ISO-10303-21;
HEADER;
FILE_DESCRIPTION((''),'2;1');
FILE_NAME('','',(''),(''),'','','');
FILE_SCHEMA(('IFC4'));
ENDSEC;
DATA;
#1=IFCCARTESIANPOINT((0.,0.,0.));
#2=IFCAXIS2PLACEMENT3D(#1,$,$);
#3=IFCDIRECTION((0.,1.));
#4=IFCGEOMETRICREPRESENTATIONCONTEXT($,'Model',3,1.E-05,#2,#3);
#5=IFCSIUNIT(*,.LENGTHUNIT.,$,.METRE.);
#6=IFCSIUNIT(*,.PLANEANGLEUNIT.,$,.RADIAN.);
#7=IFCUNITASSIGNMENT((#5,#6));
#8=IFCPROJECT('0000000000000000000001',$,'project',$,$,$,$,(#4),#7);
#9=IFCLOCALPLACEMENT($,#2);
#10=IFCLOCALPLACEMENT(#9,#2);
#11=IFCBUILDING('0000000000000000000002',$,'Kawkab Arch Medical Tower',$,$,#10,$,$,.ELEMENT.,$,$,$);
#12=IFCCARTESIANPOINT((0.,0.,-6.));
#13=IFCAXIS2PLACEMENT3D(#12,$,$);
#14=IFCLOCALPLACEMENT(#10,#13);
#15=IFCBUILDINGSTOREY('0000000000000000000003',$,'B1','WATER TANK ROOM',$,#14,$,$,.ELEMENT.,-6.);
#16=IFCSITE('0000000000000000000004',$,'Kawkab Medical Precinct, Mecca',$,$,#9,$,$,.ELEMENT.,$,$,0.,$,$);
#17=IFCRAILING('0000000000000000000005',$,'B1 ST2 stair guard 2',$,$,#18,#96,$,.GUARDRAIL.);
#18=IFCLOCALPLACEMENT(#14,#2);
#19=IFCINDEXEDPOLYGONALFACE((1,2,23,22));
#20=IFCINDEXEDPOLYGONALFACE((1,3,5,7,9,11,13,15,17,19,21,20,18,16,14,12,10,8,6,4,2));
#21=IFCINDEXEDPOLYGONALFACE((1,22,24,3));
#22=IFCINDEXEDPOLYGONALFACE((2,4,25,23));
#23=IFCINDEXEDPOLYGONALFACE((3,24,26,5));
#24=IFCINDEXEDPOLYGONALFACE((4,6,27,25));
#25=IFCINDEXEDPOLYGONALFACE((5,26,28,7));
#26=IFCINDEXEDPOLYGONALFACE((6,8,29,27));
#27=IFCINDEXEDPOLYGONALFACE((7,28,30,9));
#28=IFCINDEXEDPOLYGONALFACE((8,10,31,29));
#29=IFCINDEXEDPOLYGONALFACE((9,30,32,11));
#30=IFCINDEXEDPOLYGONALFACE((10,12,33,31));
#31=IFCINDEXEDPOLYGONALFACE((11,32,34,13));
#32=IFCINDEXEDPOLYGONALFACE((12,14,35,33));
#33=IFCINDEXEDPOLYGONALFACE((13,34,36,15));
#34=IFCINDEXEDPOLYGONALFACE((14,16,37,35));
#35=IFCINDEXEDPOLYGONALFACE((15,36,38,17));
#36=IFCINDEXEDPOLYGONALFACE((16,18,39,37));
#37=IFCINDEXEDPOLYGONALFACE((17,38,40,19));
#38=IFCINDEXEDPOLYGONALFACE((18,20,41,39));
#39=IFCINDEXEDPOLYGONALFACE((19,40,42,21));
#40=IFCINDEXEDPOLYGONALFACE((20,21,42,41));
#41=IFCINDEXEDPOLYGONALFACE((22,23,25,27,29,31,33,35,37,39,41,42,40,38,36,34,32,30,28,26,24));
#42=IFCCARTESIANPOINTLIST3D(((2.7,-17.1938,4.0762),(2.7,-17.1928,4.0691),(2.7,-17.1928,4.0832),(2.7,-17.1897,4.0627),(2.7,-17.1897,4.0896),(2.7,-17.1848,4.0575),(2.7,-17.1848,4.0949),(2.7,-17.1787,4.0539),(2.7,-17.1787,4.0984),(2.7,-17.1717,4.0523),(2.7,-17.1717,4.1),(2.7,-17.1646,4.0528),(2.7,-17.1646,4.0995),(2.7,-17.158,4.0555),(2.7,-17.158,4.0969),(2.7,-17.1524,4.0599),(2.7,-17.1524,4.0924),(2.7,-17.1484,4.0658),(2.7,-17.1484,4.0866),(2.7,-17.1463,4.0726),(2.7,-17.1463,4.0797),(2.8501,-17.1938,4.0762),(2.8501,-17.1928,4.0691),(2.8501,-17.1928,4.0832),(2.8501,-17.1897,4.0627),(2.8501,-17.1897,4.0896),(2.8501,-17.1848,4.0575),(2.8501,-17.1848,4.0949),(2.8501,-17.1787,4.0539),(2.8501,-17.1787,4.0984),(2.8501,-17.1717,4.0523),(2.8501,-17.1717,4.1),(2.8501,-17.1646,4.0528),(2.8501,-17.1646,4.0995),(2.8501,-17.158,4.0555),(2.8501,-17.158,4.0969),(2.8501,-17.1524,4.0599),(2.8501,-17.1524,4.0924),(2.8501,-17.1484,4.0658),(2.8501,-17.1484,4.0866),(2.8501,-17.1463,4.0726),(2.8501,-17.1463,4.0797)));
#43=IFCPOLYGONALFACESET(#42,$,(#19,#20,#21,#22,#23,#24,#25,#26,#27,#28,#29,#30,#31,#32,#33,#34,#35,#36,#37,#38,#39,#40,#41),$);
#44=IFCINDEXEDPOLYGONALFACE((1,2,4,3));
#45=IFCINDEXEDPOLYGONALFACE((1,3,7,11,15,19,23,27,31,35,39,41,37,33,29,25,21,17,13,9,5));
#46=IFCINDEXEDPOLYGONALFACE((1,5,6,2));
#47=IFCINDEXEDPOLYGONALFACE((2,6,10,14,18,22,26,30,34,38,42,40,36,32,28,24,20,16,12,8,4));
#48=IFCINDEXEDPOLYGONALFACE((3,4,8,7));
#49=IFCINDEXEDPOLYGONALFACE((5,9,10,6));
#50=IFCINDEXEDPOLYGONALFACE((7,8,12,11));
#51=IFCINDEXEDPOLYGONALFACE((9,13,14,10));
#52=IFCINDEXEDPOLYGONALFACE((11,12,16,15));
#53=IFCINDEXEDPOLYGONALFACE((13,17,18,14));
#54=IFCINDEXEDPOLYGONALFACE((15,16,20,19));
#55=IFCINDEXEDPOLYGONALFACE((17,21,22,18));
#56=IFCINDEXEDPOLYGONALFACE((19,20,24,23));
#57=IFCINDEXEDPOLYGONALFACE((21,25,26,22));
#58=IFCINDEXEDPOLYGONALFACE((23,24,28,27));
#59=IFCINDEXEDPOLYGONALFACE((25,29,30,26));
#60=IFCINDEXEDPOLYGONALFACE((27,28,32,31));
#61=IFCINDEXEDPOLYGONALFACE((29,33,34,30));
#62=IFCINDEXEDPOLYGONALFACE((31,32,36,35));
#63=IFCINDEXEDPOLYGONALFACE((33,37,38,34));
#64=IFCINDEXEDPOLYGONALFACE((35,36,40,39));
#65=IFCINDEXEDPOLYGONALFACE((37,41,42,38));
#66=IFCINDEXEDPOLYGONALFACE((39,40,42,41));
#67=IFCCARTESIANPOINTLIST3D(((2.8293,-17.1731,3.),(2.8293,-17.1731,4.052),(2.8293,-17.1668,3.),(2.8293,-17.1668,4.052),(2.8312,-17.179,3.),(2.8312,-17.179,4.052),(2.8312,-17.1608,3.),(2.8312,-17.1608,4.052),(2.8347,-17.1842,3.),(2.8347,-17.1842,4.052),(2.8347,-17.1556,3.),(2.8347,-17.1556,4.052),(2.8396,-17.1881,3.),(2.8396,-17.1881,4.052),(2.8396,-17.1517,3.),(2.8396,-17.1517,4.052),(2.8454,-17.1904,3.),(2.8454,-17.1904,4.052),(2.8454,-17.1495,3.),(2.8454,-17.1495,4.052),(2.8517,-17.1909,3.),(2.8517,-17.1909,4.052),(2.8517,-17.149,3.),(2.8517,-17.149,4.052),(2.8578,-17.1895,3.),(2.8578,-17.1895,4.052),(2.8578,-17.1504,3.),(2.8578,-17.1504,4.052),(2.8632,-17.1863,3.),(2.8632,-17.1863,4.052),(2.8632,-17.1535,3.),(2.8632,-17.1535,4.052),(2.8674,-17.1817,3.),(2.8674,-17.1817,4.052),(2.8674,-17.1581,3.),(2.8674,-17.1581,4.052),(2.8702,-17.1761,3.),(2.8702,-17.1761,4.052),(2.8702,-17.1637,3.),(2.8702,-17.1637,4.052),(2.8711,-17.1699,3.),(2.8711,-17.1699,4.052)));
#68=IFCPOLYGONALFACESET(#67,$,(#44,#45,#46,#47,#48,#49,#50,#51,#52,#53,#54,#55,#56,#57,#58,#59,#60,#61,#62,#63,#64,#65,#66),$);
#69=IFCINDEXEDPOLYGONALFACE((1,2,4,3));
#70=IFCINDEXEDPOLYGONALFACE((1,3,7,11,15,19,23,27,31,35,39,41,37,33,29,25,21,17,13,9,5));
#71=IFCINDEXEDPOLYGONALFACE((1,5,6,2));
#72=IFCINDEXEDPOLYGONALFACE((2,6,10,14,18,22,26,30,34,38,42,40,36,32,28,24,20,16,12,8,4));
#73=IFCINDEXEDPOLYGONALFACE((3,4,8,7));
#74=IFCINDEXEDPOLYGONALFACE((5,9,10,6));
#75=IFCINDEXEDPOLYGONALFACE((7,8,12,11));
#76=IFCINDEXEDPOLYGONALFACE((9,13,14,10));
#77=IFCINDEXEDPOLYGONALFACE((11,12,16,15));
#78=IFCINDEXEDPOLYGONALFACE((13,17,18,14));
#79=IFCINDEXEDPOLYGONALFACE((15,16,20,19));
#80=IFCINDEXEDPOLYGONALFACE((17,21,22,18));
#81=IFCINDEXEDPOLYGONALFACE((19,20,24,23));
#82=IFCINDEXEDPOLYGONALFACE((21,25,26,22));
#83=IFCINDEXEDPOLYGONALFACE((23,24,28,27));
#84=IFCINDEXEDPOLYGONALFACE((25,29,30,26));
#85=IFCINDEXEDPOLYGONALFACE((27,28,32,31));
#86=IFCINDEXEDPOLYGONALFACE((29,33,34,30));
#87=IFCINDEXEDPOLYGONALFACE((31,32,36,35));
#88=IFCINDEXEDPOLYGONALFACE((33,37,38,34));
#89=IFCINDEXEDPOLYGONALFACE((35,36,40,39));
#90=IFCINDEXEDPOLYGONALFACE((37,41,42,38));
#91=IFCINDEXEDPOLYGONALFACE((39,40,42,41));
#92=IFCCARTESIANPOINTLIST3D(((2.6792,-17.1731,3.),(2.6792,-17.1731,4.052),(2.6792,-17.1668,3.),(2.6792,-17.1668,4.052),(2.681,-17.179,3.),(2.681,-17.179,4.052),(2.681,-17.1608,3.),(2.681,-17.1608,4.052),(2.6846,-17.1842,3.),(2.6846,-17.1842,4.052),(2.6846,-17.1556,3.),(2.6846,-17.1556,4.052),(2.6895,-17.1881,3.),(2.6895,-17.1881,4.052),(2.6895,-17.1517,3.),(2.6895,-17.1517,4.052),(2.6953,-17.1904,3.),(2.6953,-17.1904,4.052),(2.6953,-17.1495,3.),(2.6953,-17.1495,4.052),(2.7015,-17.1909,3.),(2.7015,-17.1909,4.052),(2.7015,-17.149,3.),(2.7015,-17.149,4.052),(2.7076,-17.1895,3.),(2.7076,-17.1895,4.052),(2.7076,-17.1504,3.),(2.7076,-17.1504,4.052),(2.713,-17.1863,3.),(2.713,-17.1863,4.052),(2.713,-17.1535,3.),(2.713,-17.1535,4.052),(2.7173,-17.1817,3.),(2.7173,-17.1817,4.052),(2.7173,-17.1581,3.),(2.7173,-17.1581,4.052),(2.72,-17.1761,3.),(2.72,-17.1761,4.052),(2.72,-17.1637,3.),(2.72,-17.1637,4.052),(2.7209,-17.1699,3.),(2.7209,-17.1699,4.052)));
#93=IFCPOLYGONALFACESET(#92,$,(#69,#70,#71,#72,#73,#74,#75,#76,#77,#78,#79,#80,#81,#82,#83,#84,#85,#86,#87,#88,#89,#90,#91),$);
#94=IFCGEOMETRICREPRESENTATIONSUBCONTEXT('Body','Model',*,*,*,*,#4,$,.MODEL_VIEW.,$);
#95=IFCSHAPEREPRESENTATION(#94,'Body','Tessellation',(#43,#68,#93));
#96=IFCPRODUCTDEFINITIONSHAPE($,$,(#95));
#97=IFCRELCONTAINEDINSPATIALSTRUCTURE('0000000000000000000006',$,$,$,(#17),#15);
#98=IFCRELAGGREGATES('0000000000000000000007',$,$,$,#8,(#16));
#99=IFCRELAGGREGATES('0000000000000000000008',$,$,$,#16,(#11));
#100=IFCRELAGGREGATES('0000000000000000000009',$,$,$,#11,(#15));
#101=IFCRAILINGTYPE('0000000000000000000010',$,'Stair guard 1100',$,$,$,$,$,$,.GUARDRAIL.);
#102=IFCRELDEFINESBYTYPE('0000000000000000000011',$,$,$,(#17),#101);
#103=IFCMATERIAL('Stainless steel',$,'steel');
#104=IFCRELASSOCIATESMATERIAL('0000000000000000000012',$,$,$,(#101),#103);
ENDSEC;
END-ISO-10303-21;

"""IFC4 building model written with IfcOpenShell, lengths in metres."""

from ifc_helpers import new_model, si_unit, direction, frame, origin, origin_2d, place, context, subcontext, project, spatial, circle, extrude, material, type_object, element, save


model = new_model("IFC4")

# Units and contexts
model_context = context("Model", 3, precision=1e-05, world=origin(), true_north=direction((0.0, 1.0)))
body_context = subcontext(model_context, "Body", "Model", "MODEL_VIEW")
ifc_project = project(units=[si_unit("LENGTHUNIT", "METRE"), si_unit("PLANEANGLEUNIT", "RADIAN")], contexts=[model_context])

# Site, building, storey
site_placement = place(None, origin())
site = spatial("IfcSite", under=ifc_project, at=site_placement, Name="Kawkab Medical Precinct, Mecca", CompositionType="ELEMENT", RefElevation=0.0)
building_placement = place(site_placement, origin())
building = spatial("IfcBuilding", under=site, at=building_placement, Name="Kawkab Arch Medical Tower", CompositionType="ELEMENT")
storey_placement = place(building_placement, frame((0.0, 0.0, -6.0)))
storey = spatial("IfcBuildingStorey", under=building, at=storey_placement, Name="B1", Description="WATER TANK ROOM", CompositionType="ELEMENT", Elevation=-6.0)

# Railing
ifc_material_1 = material(Name="Stainless steel", Category="steel")
railing_type = type_object("IfcRailingType", Name="Stair guard 1100", PredefinedType="GUARDRAIL", material=ifc_material_1)
railing_1_placement = place(storey_placement, frame((2.8501, -17.1699, 3.0)))
element("IfcRailing", 1, at=railing_1_placement, inside=storey, type_object=railing_type, Name="B1 ST2 stair guard 2", PredefinedType="GUARDRAIL", context=body_context, shape_type="SweptSolid", body=[
    extrude(circle(Radius=0.0239, at=origin_2d()), frame((0.0, 0.0, 1.0762), z_axis=(-1.0, 0.0, 0.0), x_axis=(0.0, -1.0, 0.0)), (0.0, 0.0, 1.0), 0.1501),
    extrude(circle(Radius=0.021, at=origin_2d()), origin(), (0.0, 0.0, 1.0), 1.052),
    extrude(circle(Radius=0.021, at=origin_2d()), frame((-0.1501, 0.0, 0.0)), (0.0, 0.0, 1.0), 1.052),
])

save(model, "model.ifc")
